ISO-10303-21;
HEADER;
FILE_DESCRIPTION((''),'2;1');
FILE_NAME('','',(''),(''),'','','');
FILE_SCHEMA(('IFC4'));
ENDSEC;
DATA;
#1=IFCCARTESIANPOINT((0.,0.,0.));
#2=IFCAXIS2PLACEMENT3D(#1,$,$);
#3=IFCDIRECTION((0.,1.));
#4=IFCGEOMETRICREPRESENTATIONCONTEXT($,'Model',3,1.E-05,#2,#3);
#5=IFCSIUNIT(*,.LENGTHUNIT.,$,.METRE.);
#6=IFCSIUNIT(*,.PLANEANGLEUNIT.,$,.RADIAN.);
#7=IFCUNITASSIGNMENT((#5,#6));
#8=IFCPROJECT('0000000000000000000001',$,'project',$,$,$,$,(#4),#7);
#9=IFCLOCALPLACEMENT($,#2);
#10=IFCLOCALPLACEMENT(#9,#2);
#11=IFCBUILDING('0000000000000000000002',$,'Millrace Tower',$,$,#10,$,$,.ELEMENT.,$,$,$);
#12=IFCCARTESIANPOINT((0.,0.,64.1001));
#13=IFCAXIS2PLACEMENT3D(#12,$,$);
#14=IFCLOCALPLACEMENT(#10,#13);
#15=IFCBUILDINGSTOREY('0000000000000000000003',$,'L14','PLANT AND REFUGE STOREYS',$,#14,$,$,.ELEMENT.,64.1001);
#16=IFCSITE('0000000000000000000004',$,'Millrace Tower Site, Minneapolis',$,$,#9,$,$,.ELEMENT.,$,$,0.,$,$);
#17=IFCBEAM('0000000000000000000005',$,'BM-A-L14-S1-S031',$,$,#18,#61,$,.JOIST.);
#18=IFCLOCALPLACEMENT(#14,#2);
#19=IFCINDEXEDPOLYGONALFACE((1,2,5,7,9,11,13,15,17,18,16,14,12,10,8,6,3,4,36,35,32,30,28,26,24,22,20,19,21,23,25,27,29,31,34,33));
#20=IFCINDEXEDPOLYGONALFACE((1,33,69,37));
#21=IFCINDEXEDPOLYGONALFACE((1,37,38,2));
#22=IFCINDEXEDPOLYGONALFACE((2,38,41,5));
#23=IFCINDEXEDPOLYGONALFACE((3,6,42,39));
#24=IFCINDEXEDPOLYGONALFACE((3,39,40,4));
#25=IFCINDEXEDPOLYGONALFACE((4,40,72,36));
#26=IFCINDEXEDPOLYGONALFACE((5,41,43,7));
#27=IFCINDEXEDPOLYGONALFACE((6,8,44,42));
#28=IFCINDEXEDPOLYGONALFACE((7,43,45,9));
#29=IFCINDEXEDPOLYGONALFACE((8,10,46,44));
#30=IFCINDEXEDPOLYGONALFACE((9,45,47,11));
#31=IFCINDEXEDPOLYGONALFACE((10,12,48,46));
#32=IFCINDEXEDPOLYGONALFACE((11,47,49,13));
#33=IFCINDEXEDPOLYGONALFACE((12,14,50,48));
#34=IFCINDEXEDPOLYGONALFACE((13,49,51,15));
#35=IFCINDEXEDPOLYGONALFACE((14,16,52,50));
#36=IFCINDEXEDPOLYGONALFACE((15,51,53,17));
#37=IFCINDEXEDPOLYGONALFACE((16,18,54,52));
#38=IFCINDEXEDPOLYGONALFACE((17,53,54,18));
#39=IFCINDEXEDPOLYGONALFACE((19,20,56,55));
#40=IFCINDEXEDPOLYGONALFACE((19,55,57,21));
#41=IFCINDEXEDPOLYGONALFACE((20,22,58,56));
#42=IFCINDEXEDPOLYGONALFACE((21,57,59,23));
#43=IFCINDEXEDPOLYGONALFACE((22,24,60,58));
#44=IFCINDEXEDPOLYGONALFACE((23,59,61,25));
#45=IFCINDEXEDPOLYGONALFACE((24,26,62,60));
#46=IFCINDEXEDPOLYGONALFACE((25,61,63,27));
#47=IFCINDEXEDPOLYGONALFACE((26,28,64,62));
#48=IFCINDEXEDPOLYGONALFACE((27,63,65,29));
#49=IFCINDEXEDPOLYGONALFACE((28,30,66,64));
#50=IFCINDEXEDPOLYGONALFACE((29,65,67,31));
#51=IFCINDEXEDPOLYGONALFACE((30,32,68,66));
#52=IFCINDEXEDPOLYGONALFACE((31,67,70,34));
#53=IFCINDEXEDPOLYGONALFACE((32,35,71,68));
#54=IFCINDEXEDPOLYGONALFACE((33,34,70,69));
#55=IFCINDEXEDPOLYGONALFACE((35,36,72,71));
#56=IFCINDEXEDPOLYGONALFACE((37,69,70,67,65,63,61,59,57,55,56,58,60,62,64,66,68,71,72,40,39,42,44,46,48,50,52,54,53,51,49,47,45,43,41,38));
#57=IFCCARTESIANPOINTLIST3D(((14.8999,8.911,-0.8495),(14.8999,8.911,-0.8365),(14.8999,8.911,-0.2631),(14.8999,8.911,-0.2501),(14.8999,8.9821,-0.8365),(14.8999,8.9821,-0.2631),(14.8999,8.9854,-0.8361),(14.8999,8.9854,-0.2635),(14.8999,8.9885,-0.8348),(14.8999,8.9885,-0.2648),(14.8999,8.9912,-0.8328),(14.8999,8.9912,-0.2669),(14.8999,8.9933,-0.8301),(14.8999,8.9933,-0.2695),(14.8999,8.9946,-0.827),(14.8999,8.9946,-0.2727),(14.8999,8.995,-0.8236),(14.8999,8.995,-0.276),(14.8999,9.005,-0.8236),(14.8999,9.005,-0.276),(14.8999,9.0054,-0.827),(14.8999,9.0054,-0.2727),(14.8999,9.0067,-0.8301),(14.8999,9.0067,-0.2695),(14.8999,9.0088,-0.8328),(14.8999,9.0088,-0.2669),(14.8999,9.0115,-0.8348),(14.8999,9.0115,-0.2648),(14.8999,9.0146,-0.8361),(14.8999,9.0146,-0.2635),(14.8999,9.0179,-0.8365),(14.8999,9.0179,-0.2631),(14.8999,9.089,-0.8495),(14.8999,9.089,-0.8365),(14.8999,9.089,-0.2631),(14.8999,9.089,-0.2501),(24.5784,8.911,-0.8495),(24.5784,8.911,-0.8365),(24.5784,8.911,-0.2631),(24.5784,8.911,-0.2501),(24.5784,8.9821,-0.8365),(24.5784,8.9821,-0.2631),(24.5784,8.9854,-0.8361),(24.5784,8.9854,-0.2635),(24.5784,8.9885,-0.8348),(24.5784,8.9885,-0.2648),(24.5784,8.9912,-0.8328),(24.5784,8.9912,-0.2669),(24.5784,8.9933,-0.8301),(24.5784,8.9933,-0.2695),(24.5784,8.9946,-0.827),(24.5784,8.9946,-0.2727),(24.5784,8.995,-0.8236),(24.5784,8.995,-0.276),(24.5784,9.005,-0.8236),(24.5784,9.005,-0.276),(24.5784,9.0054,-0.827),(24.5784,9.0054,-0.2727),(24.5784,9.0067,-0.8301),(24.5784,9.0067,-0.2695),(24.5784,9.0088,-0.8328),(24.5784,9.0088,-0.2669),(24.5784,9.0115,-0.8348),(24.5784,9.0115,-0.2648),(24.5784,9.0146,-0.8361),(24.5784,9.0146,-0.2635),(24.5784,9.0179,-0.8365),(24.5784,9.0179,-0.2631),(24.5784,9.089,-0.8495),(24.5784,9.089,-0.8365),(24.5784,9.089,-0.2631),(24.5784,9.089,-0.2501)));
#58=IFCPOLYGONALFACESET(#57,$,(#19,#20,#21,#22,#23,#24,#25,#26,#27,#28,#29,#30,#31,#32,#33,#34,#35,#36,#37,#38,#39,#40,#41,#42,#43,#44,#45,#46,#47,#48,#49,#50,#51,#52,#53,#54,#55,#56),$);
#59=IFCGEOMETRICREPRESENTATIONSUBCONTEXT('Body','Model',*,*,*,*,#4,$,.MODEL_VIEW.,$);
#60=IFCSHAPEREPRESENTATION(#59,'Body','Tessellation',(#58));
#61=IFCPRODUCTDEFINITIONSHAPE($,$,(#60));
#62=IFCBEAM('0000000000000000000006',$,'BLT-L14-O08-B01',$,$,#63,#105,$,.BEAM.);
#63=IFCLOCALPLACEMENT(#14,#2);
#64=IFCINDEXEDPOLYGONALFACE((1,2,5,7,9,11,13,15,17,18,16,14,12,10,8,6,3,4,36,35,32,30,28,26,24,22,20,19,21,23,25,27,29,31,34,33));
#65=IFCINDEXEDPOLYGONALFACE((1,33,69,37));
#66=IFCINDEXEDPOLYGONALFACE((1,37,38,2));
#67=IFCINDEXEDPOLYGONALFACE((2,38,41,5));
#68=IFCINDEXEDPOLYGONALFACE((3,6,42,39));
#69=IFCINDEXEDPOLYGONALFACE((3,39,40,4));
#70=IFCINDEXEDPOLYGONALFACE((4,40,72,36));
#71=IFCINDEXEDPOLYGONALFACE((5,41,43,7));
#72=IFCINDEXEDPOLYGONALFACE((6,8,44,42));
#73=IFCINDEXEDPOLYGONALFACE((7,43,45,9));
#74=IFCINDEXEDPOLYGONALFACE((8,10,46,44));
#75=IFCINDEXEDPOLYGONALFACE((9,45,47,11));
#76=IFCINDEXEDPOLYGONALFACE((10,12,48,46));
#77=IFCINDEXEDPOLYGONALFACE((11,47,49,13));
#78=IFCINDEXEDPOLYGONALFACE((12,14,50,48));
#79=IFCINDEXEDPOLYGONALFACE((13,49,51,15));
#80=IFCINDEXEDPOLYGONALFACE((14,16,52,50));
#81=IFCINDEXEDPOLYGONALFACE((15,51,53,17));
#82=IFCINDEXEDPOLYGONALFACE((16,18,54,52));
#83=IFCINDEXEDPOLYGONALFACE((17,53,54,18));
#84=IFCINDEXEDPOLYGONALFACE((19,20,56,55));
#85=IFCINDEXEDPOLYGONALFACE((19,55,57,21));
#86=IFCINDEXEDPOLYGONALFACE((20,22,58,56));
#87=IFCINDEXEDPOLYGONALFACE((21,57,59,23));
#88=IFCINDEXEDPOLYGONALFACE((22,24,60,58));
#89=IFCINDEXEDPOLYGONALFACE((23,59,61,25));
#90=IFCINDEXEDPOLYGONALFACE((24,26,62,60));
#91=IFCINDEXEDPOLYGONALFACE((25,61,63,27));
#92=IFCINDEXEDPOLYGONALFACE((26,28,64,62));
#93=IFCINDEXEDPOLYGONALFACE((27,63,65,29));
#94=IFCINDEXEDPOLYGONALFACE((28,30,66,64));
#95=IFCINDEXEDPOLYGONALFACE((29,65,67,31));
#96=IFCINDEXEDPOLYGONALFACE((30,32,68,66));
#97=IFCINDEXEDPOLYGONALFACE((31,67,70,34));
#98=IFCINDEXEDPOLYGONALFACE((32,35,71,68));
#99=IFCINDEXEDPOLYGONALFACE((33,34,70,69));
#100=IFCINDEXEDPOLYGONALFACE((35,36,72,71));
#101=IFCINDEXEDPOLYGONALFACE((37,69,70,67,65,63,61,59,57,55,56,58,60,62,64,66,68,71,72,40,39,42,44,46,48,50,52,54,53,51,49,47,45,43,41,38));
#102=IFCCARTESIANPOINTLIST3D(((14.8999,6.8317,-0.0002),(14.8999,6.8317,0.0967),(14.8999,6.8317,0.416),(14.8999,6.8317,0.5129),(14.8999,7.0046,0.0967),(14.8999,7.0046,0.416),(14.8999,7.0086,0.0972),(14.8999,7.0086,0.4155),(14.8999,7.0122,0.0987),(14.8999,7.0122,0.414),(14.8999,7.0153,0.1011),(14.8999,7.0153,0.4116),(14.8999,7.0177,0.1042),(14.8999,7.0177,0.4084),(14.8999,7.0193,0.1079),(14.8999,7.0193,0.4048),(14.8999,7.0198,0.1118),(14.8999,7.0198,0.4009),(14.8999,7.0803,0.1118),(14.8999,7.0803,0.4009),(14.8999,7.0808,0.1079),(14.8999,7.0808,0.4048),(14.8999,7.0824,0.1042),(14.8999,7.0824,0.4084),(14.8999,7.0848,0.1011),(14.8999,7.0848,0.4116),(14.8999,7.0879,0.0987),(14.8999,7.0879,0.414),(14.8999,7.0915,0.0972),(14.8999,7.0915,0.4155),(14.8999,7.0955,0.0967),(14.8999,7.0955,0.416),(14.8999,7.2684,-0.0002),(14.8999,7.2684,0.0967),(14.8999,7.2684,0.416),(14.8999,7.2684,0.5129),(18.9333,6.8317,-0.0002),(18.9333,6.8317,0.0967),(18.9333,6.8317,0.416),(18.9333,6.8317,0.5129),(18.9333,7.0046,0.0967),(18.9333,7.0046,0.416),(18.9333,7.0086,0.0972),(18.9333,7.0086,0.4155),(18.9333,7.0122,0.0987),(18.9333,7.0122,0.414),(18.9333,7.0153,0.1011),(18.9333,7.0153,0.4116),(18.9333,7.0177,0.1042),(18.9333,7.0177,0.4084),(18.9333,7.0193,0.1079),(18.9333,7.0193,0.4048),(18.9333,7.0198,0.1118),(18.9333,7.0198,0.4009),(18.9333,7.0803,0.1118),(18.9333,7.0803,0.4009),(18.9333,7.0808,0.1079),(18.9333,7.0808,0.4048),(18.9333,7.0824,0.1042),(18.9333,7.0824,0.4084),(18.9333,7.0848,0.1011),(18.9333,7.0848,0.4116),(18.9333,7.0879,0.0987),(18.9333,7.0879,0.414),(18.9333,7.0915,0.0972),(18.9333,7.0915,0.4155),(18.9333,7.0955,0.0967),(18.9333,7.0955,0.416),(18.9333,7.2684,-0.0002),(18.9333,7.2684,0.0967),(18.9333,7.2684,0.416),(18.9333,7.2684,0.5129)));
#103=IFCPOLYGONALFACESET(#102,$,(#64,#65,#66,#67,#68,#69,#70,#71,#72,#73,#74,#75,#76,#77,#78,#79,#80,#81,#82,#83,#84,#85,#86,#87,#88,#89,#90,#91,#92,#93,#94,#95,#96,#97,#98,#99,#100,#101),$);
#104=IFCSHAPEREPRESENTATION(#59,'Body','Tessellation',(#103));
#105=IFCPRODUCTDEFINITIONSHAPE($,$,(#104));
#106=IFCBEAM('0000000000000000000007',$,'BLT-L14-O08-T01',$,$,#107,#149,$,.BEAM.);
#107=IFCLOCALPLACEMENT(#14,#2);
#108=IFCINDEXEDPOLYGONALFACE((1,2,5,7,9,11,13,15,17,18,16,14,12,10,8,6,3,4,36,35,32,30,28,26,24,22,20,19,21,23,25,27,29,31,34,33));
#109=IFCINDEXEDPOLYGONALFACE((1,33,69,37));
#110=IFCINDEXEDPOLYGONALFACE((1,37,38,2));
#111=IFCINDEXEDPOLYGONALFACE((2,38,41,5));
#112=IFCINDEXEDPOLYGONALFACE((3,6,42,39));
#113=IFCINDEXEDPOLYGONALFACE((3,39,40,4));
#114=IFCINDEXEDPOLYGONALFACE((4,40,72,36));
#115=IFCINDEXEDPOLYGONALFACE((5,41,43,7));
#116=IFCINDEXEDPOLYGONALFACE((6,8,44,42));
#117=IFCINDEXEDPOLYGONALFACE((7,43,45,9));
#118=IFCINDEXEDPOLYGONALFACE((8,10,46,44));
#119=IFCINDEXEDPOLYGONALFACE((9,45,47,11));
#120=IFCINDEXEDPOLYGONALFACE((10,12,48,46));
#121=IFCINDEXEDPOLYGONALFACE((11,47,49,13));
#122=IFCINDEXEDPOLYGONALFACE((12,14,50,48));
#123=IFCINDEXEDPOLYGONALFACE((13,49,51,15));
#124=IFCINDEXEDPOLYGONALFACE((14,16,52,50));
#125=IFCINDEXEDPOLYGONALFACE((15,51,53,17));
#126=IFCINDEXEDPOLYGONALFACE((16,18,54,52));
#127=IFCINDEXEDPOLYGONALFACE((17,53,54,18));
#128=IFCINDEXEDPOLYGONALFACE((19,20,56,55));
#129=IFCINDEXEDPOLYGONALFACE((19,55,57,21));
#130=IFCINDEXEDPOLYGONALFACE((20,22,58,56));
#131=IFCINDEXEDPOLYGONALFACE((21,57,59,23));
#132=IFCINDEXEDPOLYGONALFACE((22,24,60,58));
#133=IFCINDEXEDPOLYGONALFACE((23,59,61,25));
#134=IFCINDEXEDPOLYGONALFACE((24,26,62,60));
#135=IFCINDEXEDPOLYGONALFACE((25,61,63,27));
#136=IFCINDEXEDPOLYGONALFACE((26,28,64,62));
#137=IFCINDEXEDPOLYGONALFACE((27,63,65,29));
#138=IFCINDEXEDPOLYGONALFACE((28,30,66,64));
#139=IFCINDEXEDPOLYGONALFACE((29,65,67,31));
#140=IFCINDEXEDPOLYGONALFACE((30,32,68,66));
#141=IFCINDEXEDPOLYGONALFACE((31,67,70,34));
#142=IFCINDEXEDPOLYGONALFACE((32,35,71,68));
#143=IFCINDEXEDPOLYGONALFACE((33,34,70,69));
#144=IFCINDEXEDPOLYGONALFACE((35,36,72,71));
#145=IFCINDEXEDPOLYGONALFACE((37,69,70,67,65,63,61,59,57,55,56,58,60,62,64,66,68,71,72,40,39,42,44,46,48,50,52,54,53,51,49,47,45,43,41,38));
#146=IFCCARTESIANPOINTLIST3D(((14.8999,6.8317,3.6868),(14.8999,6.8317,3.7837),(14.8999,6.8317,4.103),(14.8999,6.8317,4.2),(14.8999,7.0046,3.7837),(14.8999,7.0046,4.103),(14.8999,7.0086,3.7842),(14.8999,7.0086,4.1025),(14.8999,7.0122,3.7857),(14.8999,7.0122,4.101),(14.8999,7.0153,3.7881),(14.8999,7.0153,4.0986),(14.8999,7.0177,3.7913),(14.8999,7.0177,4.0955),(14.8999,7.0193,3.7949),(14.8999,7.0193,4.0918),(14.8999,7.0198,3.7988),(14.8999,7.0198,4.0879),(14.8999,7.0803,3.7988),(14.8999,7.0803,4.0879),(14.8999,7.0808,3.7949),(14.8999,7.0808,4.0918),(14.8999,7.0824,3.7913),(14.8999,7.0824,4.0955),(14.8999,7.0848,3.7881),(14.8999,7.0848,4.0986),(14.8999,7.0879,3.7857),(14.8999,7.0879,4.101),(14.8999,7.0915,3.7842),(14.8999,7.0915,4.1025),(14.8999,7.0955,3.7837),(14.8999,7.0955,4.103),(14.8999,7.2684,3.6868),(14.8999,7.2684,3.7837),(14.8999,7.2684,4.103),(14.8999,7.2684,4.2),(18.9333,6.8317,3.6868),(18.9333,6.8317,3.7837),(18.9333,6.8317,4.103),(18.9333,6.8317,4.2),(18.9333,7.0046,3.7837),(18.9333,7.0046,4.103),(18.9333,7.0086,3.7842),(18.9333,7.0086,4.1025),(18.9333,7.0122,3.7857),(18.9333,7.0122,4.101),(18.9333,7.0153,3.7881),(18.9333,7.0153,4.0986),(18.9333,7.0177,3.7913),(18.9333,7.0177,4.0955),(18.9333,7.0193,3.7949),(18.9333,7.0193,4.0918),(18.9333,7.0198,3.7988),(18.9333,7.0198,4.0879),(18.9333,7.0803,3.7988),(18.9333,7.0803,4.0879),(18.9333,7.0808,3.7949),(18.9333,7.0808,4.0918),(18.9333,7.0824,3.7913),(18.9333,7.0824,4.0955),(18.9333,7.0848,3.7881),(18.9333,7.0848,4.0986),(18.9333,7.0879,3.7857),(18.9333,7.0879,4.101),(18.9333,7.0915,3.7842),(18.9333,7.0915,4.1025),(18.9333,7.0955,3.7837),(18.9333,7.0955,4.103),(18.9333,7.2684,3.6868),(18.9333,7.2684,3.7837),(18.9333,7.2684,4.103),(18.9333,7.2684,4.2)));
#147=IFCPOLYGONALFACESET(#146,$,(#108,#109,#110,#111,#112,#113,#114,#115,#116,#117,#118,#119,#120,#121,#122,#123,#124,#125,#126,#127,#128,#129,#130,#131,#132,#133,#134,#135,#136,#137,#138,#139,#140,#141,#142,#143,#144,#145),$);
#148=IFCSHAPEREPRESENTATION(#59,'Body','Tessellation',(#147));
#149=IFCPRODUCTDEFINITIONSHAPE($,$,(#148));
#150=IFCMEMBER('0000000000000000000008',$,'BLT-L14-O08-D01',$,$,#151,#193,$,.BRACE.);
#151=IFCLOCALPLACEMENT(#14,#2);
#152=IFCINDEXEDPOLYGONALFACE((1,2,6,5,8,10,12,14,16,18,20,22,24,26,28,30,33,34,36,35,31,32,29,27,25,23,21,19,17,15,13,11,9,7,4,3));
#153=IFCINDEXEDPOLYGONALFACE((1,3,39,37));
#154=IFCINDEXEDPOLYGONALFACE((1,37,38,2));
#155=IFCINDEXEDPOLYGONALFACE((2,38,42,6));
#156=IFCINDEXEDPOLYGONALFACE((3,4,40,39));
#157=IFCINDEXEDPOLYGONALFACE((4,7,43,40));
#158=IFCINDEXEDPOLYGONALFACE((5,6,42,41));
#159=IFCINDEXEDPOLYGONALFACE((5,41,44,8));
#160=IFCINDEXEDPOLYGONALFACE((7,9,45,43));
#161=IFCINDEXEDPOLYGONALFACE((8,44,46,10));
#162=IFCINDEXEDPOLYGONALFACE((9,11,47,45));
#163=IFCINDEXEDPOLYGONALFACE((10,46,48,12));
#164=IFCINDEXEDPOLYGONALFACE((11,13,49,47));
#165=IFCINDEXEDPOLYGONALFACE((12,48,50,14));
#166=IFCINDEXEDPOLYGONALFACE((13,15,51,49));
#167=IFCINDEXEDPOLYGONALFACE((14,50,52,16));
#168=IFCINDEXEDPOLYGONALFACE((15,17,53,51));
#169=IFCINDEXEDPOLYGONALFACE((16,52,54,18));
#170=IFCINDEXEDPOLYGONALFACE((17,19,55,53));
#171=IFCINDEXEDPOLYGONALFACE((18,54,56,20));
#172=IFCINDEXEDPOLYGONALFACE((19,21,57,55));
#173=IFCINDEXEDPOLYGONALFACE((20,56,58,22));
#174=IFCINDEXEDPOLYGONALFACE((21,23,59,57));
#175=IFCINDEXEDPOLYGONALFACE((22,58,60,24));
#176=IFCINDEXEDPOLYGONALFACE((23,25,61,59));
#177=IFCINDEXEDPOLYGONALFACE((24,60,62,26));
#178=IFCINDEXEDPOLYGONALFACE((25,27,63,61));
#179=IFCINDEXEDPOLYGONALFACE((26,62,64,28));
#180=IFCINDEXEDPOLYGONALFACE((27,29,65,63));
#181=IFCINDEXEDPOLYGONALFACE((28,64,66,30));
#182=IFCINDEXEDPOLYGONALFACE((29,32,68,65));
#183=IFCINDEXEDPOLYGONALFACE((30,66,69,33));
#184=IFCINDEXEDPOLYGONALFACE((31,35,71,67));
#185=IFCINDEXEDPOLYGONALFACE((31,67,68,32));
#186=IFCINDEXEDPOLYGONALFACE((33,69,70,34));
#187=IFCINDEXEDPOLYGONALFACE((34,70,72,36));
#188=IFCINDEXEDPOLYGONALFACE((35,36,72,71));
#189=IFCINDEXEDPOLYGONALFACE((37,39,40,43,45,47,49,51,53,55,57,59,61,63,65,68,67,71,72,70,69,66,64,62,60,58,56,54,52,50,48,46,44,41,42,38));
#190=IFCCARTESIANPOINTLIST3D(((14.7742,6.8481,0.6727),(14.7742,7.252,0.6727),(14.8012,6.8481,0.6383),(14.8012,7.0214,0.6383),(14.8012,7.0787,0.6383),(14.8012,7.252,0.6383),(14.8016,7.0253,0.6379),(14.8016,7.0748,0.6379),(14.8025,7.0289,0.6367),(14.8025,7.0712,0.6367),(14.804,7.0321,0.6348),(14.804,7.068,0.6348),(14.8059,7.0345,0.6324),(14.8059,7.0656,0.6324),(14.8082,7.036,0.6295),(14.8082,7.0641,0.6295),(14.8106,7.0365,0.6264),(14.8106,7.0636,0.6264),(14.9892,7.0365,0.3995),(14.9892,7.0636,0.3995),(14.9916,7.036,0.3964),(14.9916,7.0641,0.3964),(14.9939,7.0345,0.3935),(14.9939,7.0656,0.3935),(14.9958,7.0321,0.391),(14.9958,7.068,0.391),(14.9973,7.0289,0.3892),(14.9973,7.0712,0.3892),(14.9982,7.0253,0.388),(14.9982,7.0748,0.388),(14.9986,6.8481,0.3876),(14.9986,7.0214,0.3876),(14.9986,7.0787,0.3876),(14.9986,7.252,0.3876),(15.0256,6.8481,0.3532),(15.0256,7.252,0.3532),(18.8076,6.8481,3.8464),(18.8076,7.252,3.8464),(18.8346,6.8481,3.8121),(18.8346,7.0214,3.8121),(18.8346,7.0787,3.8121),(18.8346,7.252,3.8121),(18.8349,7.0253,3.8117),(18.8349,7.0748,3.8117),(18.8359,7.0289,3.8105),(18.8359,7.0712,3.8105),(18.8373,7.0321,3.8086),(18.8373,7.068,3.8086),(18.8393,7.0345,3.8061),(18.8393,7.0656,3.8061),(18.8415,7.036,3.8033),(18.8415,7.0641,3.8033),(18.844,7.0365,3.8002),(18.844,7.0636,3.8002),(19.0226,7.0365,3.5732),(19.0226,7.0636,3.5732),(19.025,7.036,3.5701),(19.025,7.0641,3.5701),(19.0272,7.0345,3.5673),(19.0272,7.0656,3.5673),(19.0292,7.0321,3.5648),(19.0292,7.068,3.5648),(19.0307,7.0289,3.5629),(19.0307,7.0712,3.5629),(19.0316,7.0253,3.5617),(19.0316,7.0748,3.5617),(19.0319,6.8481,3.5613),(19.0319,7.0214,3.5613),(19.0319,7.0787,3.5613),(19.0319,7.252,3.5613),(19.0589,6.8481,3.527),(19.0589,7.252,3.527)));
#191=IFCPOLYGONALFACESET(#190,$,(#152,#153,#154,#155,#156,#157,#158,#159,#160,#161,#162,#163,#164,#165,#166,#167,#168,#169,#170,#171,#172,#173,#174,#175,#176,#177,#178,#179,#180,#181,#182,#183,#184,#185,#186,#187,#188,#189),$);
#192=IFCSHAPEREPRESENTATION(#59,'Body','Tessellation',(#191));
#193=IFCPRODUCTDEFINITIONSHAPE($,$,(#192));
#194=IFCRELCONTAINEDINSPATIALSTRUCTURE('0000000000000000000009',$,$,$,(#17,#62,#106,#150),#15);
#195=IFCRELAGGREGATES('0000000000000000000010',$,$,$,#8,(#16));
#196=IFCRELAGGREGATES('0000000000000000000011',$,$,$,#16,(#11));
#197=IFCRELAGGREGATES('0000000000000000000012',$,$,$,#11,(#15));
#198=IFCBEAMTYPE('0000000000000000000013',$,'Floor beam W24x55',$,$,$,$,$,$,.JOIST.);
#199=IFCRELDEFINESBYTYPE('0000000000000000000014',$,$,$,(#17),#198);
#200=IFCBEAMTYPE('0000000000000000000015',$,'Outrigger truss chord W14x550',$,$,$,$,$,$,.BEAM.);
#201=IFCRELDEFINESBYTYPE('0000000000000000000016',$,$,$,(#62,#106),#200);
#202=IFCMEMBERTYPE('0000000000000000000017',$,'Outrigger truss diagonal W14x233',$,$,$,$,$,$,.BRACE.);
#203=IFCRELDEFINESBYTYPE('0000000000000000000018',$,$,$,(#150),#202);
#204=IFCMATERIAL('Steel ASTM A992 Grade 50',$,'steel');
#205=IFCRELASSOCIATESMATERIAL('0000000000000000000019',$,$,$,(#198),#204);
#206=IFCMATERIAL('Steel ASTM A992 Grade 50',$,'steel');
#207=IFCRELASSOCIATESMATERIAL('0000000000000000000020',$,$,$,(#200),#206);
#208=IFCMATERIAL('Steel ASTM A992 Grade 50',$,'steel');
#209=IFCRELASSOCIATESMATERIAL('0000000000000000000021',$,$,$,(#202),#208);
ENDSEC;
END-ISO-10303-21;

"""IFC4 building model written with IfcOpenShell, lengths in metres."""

from ifc_helpers import new_model, si_unit, direction, frame, origin, origin_2d, place, context, subcontext, project, spatial, i_section, extrude, material, material_profile, profile_set, type_object, element, save


model = new_model("IFC4")

# Units and contexts
model_context = context("Model", 3, precision=1e-05, world=origin(), true_north=direction((0.0, 1.0)))
body_context = subcontext(model_context, "Body", "Model", "MODEL_VIEW")
ifc_project = project(units=[si_unit("LENGTHUNIT", "METRE"), si_unit("PLANEANGLEUNIT", "RADIAN")], contexts=[model_context])

# Site, building, storey
site_placement = place(None, origin())
site = spatial("IfcSite", under=ifc_project, at=site_placement, Name="Millrace Tower Site, Minneapolis", CompositionType="ELEMENT", RefElevation=0.0)
building_placement = place(site_placement, origin())
building = spatial("IfcBuilding", under=site, at=building_placement, Name="Millrace Tower", CompositionType="ELEMENT")
storey_placement = place(building_placement, frame((0.0, 0.0, 64.1001)))
storey = spatial("IfcBuildingStorey", under=building, at=storey_placement, Name="L14", Description="PLANT AND REFUGE STOREYS", CompositionType="ELEMENT", Elevation=64.1001)

# Beams
ifc_material_1 = material(Name="Steel ASTM A992 Grade 50", Category="steel")
ifc_material_profile_1 = material_profile(ifc_material_1, i_section(OverallWidth=0.178, OverallDepth=0.5994, WebThickness=0.01, FlangeThickness=0.0129, FilletRadius=0.0129, at=origin_2d()))
ifc_profile_set_1 = profile_set([ifc_material_profile_1], Name="Steel ASTM A992 Grade 50")
beam_type_1 = type_object("IfcBeamType", Name="Floor beam W24x55", PredefinedType="JOIST", material=ifc_profile_set_1)
beam_placement = place(storey_placement, frame((14.8999, 9.0, -0.5498), z_axis=(1.0, 0.0, 0.0), x_axis=(0.0, 1.0, 0.0)))
element("IfcBeam", 1, at=beam_placement, inside=storey, type_object=beam_type_1, Name="BM-A-L14-S1-S031", PredefinedType="JOIST", context=body_context, shape_type="SweptSolid", body=[
    extrude(i_section(OverallWidth=0.178, OverallDepth=0.5994, WebThickness=0.01, FlangeThickness=0.0129, FilletRadius=0.0129, at=origin_2d()), origin(), (0.0, 0.0, 1.0), 9.6785),
])
ifc_material_2 = material(Name="Steel ASTM A992 Grade 50", Category="steel")
ifc_material_profile_2 = material_profile(ifc_material_2, i_section(OverallWidth=0.4368, OverallDepth=0.5132, WebThickness=0.0605, FlangeThickness=0.0969, FilletRadius=0.0151, at=origin_2d()))
ifc_profile_set_2 = profile_set([ifc_material_profile_2], Name="Steel ASTM A992 Grade 50")
beam_type_2 = type_object("IfcBeamType", Name="Outrigger truss chord W14x550", PredefinedType="BEAM", material=ifc_profile_set_2)
for number, where, z_axis, x_axis, name in (
    (2, (14.8999, 7.05, 0.2563), (1.0, 0.0, 0.0), (0.0, 1.0, 0.0), "BLT-L14-O08-B01"),
    (3, (14.8999, 7.05, 3.9434), (1.0, 0.0, 0.0), (0.0, 1.0, 0.0), "BLT-L14-O08-T01"),
):
    element("IfcBeam", number, at=place(storey_placement, frame(where, z_axis=z_axis, x_axis=x_axis)), inside=storey, type_object=beam_type_2, Name=name, PredefinedType="BEAM", context=body_context, shape_type="SweptSolid", body=[
        extrude(i_section(OverallWidth=0.4368, OverallDepth=0.5132, WebThickness=0.0605, FlangeThickness=0.0969, FilletRadius=0.0151, at=origin_2d()), origin(), (0.0, 0.0, 1.0), 4.0334),
    ])

# Member
ifc_material_3 = material(Name="Steel ASTM A992 Grade 50", Category="steel")
ifc_material_profile_3 = material_profile(ifc_material_3, i_section(OverallWidth=0.4038, OverallDepth=0.4065, WebThickness=0.0271, FlangeThickness=0.0437, FilletRadius=0.0151, at=origin_2d()))
ifc_profile_set_3 = profile_set([ifc_material_profile_3], Name="Steel ASTM A992 Grade 50")
member_type_1 = type_object("IfcMemberType", Name="Outrigger truss diagonal W14x233", PredefinedType="BRACE", material=ifc_profile_set_3)
member_1_placement = place(storey_placement, frame((14.8999, 7.05, 0.5129), z_axis=(0.785874, 0.0, 0.618387), x_axis=(0.0, 1.0, 0.0)))
element("IfcMember", 4, at=member_1_placement, inside=storey, type_object=member_type_1, Name="BLT-L14-O08-D01", PredefinedType="BRACE", context=body_context, shape_type="SweptSolid", body=[
    extrude(i_section(OverallWidth=0.4038, OverallDepth=0.4065, WebThickness=0.0271, FlangeThickness=0.0437, FilletRadius=0.0151, at=origin_2d()), origin(), (0.0, 0.0, 1.0), 5.1323),
])

save(model, "model.ifc")
